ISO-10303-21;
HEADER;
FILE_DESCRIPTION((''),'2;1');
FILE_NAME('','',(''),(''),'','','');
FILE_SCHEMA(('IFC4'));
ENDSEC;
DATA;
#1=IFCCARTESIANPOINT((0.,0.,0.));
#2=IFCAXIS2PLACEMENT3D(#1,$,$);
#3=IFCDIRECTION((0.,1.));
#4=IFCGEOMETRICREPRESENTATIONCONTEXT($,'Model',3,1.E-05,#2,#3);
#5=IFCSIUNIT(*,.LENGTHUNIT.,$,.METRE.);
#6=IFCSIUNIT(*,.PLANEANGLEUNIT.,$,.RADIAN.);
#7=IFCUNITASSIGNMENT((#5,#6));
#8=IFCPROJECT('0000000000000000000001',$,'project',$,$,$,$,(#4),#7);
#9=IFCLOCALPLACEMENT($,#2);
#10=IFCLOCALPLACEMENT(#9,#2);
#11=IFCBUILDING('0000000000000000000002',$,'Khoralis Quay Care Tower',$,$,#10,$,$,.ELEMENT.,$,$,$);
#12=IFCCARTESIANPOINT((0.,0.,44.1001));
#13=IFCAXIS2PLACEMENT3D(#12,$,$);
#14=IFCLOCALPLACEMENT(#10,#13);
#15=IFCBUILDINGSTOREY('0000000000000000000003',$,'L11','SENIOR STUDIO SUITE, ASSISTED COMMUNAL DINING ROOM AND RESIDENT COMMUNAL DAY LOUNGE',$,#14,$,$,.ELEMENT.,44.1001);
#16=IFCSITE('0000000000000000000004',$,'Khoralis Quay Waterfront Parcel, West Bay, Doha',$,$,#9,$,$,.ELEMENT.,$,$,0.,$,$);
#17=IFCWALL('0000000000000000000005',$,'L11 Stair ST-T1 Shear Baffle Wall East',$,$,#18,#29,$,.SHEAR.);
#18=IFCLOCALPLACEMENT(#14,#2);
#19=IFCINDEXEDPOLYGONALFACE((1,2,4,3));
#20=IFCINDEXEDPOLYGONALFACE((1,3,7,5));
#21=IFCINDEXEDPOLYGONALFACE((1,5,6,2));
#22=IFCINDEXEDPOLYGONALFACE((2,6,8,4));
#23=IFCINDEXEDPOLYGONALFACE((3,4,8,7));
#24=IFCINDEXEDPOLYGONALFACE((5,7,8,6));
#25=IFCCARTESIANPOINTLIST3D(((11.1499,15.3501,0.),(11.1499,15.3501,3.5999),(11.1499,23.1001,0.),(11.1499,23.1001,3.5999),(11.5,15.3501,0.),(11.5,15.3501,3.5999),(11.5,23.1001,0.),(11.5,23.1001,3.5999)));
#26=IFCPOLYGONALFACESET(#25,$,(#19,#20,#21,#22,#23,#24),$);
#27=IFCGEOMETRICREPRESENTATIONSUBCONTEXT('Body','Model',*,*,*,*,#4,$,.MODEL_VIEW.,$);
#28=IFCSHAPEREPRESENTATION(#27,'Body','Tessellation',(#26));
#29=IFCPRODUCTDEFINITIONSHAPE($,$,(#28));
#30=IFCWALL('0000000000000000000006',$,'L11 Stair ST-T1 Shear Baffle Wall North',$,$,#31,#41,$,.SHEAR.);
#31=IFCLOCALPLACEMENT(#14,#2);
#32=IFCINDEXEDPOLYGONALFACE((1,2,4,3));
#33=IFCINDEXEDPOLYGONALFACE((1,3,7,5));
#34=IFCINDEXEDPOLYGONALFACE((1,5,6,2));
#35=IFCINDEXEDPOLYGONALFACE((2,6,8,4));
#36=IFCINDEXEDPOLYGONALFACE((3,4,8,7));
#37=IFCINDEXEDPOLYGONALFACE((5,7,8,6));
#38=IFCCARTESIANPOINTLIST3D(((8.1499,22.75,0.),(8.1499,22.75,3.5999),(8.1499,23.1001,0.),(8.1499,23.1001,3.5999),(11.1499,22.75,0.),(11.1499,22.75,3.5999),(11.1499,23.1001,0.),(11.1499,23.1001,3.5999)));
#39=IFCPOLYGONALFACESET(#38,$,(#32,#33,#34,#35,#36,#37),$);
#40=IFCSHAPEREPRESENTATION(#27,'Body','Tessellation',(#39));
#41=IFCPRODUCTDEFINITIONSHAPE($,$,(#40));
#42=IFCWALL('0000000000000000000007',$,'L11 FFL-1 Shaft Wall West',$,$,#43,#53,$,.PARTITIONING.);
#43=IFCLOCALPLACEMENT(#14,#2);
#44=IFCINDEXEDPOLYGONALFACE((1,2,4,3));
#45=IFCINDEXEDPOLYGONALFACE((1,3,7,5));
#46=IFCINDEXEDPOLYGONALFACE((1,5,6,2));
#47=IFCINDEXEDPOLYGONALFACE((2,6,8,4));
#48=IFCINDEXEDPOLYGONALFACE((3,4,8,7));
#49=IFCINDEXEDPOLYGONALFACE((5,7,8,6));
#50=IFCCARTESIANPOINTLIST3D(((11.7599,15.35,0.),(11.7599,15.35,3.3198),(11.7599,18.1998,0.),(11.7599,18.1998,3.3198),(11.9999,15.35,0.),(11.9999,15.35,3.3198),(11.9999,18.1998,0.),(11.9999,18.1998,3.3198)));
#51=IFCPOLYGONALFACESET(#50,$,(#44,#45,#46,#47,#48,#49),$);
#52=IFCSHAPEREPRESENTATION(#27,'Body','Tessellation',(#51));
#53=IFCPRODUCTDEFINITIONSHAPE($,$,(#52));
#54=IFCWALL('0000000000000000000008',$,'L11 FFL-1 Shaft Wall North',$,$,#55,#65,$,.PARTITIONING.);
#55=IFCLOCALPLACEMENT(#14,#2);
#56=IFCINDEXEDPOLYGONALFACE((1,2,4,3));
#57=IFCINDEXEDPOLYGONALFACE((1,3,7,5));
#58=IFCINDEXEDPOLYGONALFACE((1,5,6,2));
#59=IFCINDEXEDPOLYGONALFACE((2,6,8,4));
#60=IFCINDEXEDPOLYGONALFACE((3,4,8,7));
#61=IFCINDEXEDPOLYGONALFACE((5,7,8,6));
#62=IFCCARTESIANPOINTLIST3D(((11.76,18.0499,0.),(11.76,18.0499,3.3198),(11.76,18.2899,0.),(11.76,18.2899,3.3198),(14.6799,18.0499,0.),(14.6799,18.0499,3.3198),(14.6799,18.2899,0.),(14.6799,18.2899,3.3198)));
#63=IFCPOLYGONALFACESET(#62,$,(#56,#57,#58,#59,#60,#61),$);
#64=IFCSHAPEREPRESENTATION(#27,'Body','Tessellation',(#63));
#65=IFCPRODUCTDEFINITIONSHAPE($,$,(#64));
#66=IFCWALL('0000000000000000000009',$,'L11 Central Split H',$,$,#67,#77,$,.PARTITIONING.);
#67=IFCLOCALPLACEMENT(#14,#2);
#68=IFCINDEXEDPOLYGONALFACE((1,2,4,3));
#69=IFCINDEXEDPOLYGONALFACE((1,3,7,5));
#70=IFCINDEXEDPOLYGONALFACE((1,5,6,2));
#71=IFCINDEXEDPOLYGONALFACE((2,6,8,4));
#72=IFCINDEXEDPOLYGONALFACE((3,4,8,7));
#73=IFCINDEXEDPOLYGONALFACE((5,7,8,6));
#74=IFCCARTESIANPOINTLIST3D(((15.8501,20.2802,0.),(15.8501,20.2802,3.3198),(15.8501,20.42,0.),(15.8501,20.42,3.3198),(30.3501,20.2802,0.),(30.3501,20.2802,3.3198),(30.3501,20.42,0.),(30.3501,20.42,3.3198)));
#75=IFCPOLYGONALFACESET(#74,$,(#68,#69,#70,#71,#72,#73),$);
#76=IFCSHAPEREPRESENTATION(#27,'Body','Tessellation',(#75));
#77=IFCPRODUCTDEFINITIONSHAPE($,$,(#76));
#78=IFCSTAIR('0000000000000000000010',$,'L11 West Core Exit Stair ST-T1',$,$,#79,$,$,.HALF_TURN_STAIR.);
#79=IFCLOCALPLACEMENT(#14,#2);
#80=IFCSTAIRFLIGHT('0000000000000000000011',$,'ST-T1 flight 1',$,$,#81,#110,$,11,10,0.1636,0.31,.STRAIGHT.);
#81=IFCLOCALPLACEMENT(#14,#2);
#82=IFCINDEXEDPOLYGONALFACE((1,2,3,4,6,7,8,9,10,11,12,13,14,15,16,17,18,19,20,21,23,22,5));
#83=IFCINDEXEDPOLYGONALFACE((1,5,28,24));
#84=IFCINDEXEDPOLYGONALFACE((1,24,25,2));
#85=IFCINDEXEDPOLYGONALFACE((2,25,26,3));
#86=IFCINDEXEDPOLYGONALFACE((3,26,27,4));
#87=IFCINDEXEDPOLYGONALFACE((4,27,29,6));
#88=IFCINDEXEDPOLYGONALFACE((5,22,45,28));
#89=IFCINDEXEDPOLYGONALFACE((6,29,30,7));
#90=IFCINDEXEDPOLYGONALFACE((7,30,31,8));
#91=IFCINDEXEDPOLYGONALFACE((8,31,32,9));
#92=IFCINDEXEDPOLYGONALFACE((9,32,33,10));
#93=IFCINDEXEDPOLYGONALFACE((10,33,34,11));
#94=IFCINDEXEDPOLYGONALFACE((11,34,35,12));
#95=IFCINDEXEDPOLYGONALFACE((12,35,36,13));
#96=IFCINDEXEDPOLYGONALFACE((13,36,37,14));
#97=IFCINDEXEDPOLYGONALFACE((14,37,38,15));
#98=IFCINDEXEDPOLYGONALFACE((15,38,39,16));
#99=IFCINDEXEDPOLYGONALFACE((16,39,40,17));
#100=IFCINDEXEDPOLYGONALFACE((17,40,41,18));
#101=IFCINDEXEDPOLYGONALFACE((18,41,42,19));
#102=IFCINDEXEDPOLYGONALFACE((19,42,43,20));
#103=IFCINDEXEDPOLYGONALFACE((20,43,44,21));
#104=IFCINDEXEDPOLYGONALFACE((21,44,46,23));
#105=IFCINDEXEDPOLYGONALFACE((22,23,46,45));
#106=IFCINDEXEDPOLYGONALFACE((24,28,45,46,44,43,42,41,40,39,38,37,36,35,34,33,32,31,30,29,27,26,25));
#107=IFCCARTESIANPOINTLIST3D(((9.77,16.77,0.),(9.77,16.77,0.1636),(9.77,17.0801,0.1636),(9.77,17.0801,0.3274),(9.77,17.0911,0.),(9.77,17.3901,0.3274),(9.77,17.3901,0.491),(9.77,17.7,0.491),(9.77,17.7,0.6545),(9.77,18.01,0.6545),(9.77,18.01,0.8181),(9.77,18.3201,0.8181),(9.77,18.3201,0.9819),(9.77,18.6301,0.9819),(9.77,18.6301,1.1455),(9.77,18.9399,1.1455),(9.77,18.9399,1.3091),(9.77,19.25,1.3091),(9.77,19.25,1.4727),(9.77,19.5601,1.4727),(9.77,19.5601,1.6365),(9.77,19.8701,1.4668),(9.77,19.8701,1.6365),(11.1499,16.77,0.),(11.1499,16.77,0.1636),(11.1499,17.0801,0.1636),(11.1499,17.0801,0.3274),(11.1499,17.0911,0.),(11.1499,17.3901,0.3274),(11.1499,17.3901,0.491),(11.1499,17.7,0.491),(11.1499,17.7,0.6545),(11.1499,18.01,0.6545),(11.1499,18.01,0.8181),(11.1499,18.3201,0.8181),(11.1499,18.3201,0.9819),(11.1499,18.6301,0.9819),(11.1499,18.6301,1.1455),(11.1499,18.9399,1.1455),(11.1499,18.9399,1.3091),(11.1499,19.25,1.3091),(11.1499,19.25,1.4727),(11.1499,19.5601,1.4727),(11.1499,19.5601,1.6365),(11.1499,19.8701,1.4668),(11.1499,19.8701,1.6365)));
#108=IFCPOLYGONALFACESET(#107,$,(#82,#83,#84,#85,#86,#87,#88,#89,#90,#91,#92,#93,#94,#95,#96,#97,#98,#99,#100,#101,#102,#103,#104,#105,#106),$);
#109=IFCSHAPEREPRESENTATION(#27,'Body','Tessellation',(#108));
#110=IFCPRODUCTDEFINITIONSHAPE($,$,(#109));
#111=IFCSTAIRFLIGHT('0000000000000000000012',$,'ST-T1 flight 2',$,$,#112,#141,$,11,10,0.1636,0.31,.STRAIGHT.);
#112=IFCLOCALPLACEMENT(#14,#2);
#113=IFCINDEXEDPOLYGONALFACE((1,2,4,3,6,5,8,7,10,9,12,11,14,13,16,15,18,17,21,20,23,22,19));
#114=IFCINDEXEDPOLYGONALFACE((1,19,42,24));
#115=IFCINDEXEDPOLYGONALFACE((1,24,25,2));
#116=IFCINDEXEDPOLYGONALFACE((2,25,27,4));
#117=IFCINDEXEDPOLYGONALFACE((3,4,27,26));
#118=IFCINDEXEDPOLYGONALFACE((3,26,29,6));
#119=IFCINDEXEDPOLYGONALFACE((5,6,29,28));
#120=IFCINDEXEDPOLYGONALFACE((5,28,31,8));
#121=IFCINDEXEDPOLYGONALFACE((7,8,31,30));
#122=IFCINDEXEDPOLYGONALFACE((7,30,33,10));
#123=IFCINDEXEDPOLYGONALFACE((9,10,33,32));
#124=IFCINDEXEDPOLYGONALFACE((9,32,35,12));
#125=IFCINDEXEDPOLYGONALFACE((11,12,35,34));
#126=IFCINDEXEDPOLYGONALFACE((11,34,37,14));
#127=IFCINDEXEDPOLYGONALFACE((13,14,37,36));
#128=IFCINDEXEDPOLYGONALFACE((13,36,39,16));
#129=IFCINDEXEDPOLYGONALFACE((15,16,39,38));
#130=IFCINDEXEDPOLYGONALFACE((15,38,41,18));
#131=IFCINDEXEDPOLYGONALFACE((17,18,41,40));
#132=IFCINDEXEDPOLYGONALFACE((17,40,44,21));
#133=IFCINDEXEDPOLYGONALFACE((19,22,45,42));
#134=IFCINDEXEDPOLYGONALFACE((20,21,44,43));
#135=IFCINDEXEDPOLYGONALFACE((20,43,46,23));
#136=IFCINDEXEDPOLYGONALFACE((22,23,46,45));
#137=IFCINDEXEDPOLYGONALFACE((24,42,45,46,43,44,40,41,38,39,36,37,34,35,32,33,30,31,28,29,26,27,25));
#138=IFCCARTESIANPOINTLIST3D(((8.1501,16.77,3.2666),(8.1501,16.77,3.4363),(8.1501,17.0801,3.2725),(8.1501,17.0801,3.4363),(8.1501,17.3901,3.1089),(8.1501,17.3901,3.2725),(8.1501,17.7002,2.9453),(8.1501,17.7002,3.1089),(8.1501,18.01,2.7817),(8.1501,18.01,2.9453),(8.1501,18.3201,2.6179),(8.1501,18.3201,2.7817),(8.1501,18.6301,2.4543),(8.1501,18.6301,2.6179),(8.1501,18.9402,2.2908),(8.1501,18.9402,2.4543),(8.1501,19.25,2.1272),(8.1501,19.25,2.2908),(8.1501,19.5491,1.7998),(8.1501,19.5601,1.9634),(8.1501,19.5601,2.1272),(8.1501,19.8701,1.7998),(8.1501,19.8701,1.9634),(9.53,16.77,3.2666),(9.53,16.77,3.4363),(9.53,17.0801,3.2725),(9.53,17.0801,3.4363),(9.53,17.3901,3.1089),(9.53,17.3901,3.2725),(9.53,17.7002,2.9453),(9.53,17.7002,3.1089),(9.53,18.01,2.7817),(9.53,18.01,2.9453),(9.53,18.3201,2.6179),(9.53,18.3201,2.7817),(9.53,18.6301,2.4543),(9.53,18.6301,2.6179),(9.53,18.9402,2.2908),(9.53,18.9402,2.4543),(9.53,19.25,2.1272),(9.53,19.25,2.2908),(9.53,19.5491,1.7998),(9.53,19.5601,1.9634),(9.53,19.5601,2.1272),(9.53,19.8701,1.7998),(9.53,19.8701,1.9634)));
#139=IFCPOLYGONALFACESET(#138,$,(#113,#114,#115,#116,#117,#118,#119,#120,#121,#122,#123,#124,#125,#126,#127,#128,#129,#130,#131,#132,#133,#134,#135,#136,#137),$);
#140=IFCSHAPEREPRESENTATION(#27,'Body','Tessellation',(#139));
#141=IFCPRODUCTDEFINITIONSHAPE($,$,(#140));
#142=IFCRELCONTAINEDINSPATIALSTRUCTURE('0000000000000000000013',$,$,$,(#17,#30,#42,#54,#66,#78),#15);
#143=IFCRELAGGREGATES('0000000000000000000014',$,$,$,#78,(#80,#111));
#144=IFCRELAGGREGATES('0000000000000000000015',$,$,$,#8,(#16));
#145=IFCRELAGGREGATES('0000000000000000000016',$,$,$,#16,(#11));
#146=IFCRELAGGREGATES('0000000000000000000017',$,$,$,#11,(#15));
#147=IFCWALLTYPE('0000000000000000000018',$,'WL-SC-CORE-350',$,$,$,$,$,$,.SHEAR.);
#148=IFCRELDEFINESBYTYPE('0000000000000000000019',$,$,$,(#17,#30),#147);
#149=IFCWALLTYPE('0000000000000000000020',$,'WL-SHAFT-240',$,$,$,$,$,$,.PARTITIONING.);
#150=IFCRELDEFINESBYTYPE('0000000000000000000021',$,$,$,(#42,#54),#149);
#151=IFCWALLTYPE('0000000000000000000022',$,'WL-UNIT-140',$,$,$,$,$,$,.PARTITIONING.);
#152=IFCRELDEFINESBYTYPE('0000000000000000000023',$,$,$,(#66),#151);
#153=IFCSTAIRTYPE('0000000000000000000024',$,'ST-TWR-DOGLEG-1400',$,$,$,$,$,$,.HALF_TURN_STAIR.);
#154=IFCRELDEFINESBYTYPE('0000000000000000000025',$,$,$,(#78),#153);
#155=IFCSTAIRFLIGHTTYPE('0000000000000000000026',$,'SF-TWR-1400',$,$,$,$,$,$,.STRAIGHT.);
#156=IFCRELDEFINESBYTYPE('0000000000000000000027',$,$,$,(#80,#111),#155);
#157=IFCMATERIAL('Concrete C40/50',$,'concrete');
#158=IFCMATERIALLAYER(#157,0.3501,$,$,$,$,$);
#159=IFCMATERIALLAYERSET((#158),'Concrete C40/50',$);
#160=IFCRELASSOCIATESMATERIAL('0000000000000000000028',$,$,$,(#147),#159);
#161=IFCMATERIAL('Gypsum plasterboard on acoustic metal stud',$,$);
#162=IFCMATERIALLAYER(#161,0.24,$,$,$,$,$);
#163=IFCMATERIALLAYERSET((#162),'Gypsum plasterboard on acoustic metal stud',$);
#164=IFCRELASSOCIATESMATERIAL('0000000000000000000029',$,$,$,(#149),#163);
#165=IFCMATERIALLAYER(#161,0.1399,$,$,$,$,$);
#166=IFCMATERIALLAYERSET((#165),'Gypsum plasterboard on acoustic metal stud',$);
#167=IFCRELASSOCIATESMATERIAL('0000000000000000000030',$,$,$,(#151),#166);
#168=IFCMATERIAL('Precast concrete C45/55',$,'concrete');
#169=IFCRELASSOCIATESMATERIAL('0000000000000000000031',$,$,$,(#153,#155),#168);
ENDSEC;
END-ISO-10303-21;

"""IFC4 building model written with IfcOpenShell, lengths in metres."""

from ifc_helpers import new_model, si_unit, direction, frame, frame_2d, origin, place, context, subcontext, project, spatial, polyline, rectangle, outline, extrude, source, transform, mapped, material, layer, layer_set, type_object, element, aggregate, save


model = new_model("IFC4")

# Units and contexts
model_context = context("Model", 3, precision=1e-05, world=origin(), true_north=direction((0.0, 1.0)))
body_context = subcontext(model_context, "Body", "Model", "MODEL_VIEW")
ifc_project = project(units=[si_unit("LENGTHUNIT", "METRE"), si_unit("PLANEANGLEUNIT", "RADIAN")], contexts=[model_context])

# Site, building, storey
site_placement = place(None, origin())
site = spatial("IfcSite", under=ifc_project, at=site_placement, Name="Khoralis Quay Waterfront Parcel, West Bay, Doha", CompositionType="ELEMENT", RefElevation=0.0)
building_placement = place(site_placement, origin())
building = spatial("IfcBuilding", under=site, at=building_placement, Name="Khoralis Quay Care Tower", CompositionType="ELEMENT")
storey_placement = place(building_placement, frame((0.0, 0.0, 44.1001)))
storey = spatial("IfcBuildingStorey", under=building, at=storey_placement, Name="L11", Description="SENIOR STUDIO SUITE, ASSISTED COMMUNAL DINING ROOM AND RESIDENT COMMUNAL DAY LOUNGE", CompositionType="ELEMENT", Elevation=44.1001)

# Shared definitions
ifc_material_1 = material(Name="Gypsum plasterboard on acoustic metal stud")

# Walls
ifc_material_2 = material(Name="Concrete C40/50", Category="concrete")
ifc_layer_1 = layer(ifc_material_2, 0.3501)
ifc_layer_set_1 = layer_set([ifc_layer_1], Name="Concrete C40/50")
wall_type_1 = type_object("IfcWallType", Name="WL-SC-CORE-350", PredefinedType="SHEAR", material=ifc_layer_set_1)
wall_1_placement = place(storey_placement, frame((11.325, 15.3501, 0.0), z_axis=(0.0, 0.0, 1.0), x_axis=(0.0, 1.0, 0.0)))
element("IfcWall", 1, at=wall_1_placement, inside=storey, type_object=wall_type_1, Name="L11 Stair ST-T1 Shear Baffle Wall East", PredefinedType="SHEAR", context=body_context, shape_type="SweptSolid", body=[
    extrude(rectangle(XDim=7.75, YDim=0.3501, at=frame_2d((3.875, 0.0))), origin(), (0.0, 0.0, 1.0), 3.5999),
])
wall_2_placement = place(storey_placement, frame((8.1499, 22.925, 0.0), z_axis=(0.0, 0.0, 1.0), x_axis=(1.0, 0.0, 0.0)))
element("IfcWall", 2, at=wall_2_placement, inside=storey, type_object=wall_type_1, Name="L11 Stair ST-T1 Shear Baffle Wall North", PredefinedType="SHEAR", context=body_context, shape_type="SweptSolid", body=[
    extrude(rectangle(XDim=3.0, YDim=0.3501, at=frame_2d((1.5, 0.0))), origin(), (0.0, 0.0, 1.0), 3.5999),
])
ifc_layer_2 = layer(ifc_material_1, 0.24)
ifc_layer_set_2 = layer_set([ifc_layer_2], Name="Gypsum plasterboard on acoustic metal stud")
wall_type_2 = type_object("IfcWallType", Name="WL-SHAFT-240", PredefinedType="PARTITIONING", material=ifc_layer_set_2)
wall_3_placement = place(storey_placement, frame((11.8799, 15.3501, 0.0), z_axis=(0.0, 0.0, 1.0), x_axis=(0.0, 1.0, 0.0)))
element("IfcWall", 3, at=wall_3_placement, inside=storey, type_object=wall_type_2, Name="L11 FFL-1 Shaft Wall West", PredefinedType="PARTITIONING", context=body_context, shape_type="SweptSolid", body=[
    extrude(rectangle(XDim=2.8499, YDim=0.24, at=frame_2d((1.4248, 0.0))), origin(), (0.0, 0.0, 1.0), 3.3198),
])
wall_4_placement = place(storey_placement, frame((11.76, 18.1699, 0.0), z_axis=(0.0, 0.0, 1.0), x_axis=(1.0, 0.0, 0.0)))
element("IfcWall", 4, at=wall_4_placement, inside=storey, type_object=wall_type_2, Name="L11 FFL-1 Shaft Wall North", PredefinedType="PARTITIONING", context=body_context, shape_type="SweptSolid", body=[
    extrude(rectangle(XDim=2.9199, YDim=0.24, at=frame_2d((1.46, 0.0))), origin(), (0.0, 0.0, 1.0), 3.3198),
])
ifc_layer_3 = layer(ifc_material_1, 0.1399)
ifc_layer_set_3 = layer_set([ifc_layer_3], Name="Gypsum plasterboard on acoustic metal stud")
wall_type_3 = type_object("IfcWallType", Name="WL-UNIT-140", PredefinedType="PARTITIONING", material=ifc_layer_set_3)
wall_5_placement = place(storey_placement, frame((15.8501, 20.3501, 0.0), z_axis=(0.0, 0.0, 1.0), x_axis=(1.0, 0.0, 0.0)))
element("IfcWall", 5, at=wall_5_placement, inside=storey, type_object=wall_type_3, Name="L11 Central Split H", PredefinedType="PARTITIONING", context=body_context, shape_type="SweptSolid", body=[
    extrude(rectangle(XDim=14.5, YDim=0.1399, at=frame_2d((7.25, 0.0))), origin(), (0.0, 0.0, 1.0), 3.3198),
])

# Stair, stair flights
ifc_material_3 = material(Name="Precast concrete C45/55", Category="concrete")
stair_type = type_object("IfcStairType", Name="ST-TWR-DOGLEG-1400", PredefinedType="HALF_TURN_STAIR", material=ifc_material_3)
stair_placement = place(storey_placement, origin())
stair = element("IfcStair", 6, at=stair_placement, inside=storey, type_object=stair_type, Name="L11 West Core Exit Stair ST-T1", PredefinedType="HALF_TURN_STAIR")
stair_flight_type = type_object("IfcStairFlightType", Name="SF-TWR-1400", PredefinedType="STRAIGHT", material=ifc_material_3)
shared_shape_1 = source(origin(), body_context, "Body", "SweptSolid", [
    extrude(outline(polyline([(0.0, 0.0), (0.0, 0.1636), (0.3101, 0.1636), (0.3101, 0.3274), (0.6201, 0.3274), (0.6201, 0.491), (0.9299, 0.491), (0.9299, 0.6545), (1.24, 0.6545), (1.24, 0.8181), (1.55, 0.8181), (1.55, 0.9819), (1.8601, 0.9819), (1.8601, 1.1455), (2.1699, 1.1455), (2.1699, 1.3091), (2.48, 1.3091), (2.48, 1.4727), (2.79, 1.4727), (2.79, 1.6365), (3.1001, 1.6365), (3.1001, 1.8), (3.1001, 1.4668), (0.321, 0.0), (0.0, 0.0)])), frame((0.0, 0.6899, 0.0), z_axis=(0.0, -1.0, 0.0), x_axis=(1.0, 0.0, 0.0)), (0.0, 0.0, 1.0), 1.3799),
])
stair_flight_1_placement = place(storey_placement, frame((10.46, 16.77, 0.0), z_axis=(0.0, 0.0, 1.0), x_axis=(0.0, 1.0, 0.0)))
stair_flight_1 = element("IfcStairFlight", 7, at=stair_flight_1_placement, type_object=stair_flight_type, Name="ST-T1 flight 1", NumberOfRisers=11, NumberOfTreads=10, PredefinedType="STRAIGHT", RiserHeight=0.1636, TreadLength=0.31, context=body_context, shape_type="MappedRepresentation", body=[
    mapped(shared_shape_1, transform((0.0, 0.0, 0.0), scale=1.0)),
])
stair_flight_2_placement = place(storey_placement, frame((8.8401, 19.8701, 1.7998), z_axis=(0.0, 0.0, 1.0), x_axis=(0.0, -1.0, 0.0)))
stair_flight_2 = element("IfcStairFlight", 8, at=stair_flight_2_placement, type_object=stair_flight_type, Name="ST-T1 flight 2", NumberOfRisers=11, NumberOfTreads=10, PredefinedType="STRAIGHT", RiserHeight=0.1636, TreadLength=0.31, context=body_context, shape_type="MappedRepresentation", body=[
    mapped(shared_shape_1, transform((0.0, 0.0, 0.0), scale=1.0)),
])
aggregate(stair, [stair_flight_1, stair_flight_2])

save(model, "model.ifc")
